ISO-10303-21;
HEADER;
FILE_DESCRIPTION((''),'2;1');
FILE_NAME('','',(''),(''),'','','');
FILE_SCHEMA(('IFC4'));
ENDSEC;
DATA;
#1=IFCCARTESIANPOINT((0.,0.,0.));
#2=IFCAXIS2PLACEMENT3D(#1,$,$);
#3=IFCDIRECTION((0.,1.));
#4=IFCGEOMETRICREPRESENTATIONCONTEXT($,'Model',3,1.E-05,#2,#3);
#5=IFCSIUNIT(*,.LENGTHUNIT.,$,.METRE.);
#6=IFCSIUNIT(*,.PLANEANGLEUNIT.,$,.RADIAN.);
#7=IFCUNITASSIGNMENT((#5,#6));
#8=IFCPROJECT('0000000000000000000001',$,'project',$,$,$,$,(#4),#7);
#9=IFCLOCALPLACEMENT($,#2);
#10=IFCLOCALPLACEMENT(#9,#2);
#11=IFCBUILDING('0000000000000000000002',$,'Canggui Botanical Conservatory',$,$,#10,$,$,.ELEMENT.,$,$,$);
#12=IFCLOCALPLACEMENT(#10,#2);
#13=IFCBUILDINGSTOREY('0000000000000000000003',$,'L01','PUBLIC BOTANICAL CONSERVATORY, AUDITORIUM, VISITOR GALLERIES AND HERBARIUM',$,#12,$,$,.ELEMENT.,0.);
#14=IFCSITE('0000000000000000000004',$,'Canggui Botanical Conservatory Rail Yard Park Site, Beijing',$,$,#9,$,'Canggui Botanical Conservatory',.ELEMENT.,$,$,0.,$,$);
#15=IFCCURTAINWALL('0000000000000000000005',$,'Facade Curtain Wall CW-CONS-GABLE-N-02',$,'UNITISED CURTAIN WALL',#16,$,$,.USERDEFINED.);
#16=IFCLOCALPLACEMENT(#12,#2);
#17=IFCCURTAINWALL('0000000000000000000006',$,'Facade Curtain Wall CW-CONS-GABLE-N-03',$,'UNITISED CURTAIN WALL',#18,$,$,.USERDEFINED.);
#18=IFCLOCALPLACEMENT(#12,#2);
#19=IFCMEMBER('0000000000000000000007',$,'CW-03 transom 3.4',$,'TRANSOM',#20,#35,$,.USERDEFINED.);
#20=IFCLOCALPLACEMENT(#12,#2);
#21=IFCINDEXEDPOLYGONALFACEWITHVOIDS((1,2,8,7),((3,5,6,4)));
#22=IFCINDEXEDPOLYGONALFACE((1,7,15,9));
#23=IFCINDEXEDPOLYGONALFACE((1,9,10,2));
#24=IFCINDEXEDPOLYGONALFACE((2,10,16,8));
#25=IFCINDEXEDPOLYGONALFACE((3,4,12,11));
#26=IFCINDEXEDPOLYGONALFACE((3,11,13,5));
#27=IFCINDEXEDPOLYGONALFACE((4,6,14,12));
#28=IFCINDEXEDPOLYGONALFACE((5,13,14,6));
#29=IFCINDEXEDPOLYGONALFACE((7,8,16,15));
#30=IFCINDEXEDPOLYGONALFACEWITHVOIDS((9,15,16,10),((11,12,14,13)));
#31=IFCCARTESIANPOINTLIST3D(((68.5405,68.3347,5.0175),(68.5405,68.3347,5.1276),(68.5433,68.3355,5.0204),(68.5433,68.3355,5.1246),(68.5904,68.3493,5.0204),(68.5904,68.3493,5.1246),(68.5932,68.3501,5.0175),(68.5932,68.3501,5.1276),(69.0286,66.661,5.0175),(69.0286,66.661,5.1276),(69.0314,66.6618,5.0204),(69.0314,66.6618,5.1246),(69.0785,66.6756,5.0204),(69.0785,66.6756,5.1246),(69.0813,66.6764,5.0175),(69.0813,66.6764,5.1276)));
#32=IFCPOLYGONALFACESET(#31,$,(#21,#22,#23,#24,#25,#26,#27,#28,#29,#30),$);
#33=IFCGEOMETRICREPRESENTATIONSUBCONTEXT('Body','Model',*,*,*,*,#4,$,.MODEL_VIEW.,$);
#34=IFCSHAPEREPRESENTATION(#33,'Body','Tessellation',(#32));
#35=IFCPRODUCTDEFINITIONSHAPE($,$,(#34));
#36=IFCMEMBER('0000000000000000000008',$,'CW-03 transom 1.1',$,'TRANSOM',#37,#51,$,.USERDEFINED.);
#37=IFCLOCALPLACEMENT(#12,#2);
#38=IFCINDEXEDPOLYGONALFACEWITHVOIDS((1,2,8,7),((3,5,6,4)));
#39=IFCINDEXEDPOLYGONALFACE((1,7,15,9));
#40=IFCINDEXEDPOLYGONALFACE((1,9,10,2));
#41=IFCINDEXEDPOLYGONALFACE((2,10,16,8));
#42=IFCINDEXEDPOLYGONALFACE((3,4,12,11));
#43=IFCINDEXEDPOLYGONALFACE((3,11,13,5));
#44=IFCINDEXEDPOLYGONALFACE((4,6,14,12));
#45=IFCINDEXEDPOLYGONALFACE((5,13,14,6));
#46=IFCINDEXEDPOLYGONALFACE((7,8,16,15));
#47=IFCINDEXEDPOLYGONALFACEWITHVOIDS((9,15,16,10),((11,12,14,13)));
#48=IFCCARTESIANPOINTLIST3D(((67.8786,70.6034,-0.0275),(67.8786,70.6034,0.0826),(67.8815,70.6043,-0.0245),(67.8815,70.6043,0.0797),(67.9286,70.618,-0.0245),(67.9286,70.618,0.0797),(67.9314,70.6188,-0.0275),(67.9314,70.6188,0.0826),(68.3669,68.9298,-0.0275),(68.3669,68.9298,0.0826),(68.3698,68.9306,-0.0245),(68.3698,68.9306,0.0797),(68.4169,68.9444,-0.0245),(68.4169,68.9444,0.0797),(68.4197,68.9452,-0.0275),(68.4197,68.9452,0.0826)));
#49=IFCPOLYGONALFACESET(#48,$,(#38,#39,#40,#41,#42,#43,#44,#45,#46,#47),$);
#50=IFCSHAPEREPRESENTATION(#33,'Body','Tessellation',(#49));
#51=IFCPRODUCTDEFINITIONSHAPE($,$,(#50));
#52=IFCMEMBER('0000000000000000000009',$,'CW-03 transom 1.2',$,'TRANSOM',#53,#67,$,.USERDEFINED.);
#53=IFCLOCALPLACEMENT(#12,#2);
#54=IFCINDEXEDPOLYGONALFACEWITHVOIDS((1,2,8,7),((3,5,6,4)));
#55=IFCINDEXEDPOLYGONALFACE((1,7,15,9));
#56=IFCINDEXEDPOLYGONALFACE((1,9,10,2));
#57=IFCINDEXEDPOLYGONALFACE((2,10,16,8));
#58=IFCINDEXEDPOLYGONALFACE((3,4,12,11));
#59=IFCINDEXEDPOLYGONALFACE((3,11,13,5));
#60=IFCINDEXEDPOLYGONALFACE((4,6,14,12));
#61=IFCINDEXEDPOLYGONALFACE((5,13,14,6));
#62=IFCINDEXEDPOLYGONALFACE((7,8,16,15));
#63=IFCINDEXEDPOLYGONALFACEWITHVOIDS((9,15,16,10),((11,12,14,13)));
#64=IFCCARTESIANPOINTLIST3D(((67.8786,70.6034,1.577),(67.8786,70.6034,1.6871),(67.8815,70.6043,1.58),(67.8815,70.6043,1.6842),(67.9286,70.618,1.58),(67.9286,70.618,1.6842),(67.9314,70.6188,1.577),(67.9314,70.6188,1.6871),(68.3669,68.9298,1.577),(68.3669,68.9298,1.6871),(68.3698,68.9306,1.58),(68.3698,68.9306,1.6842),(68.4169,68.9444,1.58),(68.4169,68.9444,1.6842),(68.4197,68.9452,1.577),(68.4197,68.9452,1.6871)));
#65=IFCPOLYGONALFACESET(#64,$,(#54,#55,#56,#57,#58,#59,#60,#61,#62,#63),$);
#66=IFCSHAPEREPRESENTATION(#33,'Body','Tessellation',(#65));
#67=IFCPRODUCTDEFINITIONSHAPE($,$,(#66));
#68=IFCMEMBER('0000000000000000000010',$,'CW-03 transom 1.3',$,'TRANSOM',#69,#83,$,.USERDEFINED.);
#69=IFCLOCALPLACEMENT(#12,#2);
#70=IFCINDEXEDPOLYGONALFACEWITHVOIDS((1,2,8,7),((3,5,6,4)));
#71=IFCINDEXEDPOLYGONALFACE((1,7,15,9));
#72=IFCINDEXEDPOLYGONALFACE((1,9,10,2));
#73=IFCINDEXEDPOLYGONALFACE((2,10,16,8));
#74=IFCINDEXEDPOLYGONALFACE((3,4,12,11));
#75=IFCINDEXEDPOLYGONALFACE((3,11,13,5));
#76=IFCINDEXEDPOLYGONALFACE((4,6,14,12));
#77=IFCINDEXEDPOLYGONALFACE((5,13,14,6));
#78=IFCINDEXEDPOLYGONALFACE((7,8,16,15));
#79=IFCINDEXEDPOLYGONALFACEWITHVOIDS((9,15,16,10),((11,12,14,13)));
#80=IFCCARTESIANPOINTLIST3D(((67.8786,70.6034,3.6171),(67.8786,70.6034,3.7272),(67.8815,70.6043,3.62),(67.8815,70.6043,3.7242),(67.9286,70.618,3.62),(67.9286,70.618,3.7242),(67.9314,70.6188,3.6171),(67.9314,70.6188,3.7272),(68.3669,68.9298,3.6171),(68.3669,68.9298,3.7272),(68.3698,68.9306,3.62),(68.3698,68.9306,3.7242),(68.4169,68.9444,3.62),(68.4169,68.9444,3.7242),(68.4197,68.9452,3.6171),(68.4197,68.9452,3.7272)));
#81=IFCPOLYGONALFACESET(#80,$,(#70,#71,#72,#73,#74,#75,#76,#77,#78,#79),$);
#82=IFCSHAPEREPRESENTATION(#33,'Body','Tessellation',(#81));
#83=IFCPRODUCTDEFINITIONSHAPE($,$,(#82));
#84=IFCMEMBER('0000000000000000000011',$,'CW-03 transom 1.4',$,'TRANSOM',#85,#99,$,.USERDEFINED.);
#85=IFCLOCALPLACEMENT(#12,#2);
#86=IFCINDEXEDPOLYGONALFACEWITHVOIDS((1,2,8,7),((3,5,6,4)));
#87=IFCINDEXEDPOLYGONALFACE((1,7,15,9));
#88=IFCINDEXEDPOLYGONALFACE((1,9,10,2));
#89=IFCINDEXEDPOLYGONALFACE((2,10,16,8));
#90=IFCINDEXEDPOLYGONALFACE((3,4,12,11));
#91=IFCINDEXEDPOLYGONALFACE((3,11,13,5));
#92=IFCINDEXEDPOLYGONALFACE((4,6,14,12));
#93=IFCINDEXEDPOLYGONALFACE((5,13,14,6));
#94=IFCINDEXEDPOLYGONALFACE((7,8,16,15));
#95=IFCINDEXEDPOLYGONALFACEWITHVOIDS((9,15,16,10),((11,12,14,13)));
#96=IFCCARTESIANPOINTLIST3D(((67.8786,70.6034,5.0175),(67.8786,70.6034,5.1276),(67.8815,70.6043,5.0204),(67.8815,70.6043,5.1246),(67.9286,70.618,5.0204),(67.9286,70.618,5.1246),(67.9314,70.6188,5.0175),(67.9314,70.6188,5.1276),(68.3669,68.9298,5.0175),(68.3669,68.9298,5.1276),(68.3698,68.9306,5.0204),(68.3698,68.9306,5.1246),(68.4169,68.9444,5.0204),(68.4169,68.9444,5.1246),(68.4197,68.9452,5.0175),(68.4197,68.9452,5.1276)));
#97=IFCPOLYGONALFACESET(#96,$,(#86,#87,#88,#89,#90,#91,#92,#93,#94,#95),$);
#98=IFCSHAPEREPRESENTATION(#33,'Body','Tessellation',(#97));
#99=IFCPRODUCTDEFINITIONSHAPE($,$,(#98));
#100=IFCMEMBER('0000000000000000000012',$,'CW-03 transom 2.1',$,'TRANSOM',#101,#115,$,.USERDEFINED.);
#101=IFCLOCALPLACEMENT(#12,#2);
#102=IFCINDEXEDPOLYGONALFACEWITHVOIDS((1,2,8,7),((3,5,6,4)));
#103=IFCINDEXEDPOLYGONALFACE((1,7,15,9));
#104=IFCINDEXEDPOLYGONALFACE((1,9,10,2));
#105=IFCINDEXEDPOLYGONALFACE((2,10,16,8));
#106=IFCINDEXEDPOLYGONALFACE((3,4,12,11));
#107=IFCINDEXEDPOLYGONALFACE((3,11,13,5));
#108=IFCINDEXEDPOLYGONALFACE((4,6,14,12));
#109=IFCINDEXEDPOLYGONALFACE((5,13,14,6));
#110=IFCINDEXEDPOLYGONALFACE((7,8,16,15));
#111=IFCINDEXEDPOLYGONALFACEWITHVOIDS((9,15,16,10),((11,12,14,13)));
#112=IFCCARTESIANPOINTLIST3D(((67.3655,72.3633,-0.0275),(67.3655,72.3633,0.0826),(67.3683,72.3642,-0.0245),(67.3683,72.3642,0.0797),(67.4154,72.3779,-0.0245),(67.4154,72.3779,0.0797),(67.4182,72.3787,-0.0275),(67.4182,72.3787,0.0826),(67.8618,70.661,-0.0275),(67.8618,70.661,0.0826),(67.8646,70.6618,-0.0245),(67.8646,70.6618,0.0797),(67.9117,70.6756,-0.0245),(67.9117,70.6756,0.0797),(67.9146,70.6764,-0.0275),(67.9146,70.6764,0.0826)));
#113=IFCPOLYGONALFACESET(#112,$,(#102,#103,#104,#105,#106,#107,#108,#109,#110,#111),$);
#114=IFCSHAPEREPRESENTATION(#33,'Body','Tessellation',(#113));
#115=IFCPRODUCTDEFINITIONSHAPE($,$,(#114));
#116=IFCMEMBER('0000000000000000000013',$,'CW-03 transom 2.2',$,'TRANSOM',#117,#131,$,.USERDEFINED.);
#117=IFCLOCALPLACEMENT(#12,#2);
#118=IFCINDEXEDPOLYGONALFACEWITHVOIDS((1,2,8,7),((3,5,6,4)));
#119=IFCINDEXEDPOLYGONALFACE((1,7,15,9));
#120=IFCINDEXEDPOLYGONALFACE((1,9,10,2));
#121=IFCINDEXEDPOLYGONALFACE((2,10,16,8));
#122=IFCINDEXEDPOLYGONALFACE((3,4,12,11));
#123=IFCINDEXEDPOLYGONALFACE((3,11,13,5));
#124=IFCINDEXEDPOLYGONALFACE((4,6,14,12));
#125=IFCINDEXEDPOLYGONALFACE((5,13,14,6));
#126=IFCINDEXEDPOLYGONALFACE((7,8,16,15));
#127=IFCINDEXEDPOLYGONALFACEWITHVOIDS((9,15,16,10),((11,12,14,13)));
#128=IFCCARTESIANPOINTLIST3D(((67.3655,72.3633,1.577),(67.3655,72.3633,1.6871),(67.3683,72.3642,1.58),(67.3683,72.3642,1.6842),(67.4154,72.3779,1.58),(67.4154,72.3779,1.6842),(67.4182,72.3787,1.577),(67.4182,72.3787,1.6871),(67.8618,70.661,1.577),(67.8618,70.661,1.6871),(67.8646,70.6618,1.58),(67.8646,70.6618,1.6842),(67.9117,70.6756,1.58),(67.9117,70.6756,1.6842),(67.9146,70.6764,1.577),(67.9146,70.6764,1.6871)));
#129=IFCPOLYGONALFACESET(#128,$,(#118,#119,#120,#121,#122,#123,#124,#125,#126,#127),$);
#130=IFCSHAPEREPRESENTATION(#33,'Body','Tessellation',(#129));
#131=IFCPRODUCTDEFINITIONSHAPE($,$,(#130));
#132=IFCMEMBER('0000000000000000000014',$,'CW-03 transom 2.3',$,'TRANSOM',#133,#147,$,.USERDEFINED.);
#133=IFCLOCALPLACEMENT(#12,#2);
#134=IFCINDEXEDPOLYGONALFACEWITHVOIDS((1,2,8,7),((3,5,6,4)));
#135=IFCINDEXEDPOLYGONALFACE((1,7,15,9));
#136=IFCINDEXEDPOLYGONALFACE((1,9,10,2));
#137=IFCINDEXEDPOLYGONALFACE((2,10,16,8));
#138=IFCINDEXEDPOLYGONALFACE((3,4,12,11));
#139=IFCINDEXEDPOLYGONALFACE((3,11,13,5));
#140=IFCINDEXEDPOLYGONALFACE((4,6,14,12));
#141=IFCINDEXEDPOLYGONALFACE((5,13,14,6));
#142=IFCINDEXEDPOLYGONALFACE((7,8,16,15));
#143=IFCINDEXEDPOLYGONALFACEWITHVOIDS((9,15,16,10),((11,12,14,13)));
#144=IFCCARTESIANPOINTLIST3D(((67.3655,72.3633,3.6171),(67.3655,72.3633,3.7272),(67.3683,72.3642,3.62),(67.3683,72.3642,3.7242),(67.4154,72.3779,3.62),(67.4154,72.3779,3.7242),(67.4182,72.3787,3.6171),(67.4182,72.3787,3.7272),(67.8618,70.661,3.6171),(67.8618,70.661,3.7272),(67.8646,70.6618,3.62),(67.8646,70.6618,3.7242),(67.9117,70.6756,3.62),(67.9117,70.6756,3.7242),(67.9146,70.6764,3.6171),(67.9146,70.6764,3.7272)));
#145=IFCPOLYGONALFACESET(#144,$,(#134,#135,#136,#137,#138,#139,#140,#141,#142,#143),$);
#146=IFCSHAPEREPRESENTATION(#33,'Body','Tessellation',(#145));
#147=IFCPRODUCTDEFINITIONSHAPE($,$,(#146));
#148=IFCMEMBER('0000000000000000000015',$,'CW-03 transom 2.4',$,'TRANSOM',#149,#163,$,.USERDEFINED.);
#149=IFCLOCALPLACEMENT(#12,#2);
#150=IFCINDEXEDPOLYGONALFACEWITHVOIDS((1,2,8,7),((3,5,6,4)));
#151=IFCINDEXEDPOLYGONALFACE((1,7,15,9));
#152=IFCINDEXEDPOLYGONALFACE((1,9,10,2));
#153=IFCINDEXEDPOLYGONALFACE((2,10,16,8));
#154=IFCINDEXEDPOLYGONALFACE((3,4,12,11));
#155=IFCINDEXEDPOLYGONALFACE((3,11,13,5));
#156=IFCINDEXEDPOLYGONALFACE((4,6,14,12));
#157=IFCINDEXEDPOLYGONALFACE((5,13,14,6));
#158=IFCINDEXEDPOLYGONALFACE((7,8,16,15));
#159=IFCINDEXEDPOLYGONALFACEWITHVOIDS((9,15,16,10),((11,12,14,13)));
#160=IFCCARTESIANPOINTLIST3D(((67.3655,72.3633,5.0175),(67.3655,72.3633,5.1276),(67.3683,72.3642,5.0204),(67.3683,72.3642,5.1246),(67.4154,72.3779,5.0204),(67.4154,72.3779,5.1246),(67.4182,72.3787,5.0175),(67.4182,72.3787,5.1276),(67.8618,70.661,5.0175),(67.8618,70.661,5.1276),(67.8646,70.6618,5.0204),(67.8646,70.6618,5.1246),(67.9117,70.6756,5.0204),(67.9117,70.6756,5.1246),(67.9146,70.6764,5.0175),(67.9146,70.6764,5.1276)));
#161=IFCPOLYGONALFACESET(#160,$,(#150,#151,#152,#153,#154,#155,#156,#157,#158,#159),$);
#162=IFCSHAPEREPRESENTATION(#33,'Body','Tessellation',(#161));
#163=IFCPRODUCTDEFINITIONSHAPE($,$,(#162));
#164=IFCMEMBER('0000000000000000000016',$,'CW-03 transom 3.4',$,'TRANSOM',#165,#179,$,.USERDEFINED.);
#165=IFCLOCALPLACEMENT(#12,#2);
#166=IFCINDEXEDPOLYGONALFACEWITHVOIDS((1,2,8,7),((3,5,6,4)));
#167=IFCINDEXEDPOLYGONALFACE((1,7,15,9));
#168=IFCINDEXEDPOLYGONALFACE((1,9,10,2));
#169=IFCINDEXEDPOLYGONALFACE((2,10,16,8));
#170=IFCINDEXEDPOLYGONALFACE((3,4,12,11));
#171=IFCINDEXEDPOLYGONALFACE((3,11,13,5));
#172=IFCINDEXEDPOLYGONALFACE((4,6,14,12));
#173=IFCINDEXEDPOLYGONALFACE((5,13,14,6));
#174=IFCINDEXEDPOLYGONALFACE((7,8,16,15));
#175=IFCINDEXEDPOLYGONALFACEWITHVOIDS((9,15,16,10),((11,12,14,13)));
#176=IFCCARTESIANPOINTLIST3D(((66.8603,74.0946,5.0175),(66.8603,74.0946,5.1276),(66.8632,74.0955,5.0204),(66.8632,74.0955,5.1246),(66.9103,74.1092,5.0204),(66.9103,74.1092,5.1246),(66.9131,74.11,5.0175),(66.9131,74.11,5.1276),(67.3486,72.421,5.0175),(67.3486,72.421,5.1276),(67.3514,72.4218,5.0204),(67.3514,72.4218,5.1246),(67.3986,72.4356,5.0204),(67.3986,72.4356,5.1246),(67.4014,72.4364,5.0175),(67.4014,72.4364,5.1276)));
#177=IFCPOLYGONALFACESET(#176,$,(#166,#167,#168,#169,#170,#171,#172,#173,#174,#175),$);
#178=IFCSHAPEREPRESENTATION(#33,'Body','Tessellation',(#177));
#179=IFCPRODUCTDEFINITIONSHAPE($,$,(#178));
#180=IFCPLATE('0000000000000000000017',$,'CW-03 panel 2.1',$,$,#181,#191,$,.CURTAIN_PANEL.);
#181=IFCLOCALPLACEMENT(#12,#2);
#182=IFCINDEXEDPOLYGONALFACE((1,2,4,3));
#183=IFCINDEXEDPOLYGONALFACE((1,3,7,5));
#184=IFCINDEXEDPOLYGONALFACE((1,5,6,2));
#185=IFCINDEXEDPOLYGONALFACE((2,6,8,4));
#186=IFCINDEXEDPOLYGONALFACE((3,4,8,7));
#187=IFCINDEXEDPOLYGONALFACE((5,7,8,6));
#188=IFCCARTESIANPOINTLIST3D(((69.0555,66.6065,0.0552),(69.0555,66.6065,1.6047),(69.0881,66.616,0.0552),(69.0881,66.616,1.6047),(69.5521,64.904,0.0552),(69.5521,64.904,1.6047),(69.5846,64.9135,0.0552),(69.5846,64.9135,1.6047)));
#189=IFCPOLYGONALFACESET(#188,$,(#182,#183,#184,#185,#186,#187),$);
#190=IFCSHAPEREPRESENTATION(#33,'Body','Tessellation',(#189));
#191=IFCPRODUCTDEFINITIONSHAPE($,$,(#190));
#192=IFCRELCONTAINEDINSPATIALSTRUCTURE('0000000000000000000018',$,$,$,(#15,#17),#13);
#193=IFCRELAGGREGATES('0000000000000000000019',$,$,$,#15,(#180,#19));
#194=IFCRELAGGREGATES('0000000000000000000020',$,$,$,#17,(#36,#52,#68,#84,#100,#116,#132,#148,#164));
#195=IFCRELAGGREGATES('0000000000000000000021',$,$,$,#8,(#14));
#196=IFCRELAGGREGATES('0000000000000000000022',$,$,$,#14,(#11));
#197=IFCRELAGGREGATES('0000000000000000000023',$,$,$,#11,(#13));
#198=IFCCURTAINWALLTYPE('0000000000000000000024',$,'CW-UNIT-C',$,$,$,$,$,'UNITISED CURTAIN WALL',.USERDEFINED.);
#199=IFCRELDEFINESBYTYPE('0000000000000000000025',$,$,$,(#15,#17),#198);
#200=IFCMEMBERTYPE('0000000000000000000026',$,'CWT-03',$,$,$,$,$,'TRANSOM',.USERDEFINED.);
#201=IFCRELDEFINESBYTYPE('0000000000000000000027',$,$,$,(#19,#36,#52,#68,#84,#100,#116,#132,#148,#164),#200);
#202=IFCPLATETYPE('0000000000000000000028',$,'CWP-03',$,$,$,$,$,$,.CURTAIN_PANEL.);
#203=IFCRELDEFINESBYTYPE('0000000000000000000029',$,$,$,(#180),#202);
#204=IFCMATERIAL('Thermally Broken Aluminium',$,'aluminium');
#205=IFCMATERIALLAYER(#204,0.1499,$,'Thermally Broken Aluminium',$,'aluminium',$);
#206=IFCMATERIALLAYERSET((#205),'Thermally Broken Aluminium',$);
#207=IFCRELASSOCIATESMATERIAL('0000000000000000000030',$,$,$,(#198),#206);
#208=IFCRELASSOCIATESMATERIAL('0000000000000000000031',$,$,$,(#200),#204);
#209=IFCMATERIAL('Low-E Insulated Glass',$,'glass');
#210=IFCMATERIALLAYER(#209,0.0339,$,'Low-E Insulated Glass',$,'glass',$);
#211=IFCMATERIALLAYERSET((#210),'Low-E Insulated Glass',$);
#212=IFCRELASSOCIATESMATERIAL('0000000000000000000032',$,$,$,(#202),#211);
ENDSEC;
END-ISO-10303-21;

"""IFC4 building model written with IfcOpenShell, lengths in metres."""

from ifc_helpers import new_model, si_unit, direction, frame, origin, origin_2d, place, context, subcontext, project, spatial, rectangle, hollow_rectangle, extrude, material, layer, layer_set, material_profile, profile_set, type_object, element, aggregate, save


model = new_model("IFC4")

# Units and contexts
model_context = context("Model", 3, precision=1e-05, world=origin(), true_north=direction((0.0, 1.0)))
body_context = subcontext(model_context, "Body", "Model", "MODEL_VIEW")
ifc_project = project(units=[si_unit("LENGTHUNIT", "METRE"), si_unit("PLANEANGLEUNIT", "RADIAN")], contexts=[model_context])

# Site, building, storey
site_placement = place(None, origin())
site = spatial("IfcSite", under=ifc_project, at=site_placement, Name="Canggui Botanical Conservatory Rail Yard Park Site, Beijing", LongName="Canggui Botanical Conservatory", CompositionType="ELEMENT", RefElevation=0.0)
building_placement = place(site_placement, origin())
building = spatial("IfcBuilding", under=site, at=building_placement, Name="Canggui Botanical Conservatory", CompositionType="ELEMENT")
storey_placement = place(building_placement, origin())
storey = spatial("IfcBuildingStorey", under=building, at=storey_placement, Name="L01", Description="PUBLIC BOTANICAL CONSERVATORY, AUDITORIUM, VISITOR GALLERIES AND HERBARIUM", CompositionType="ELEMENT", Elevation=0.0)

# Curtain walls
ifc_material_1 = material(Name="Thermally Broken Aluminium", Category="aluminium")
ifc_layer_1 = layer(ifc_material_1, 0.1499, Name="Thermally Broken Aluminium", Category="aluminium")
ifc_layer_set_1 = layer_set([ifc_layer_1], Name="Thermally Broken Aluminium")
curtain_wall_type = type_object("IfcCurtainWallType", Name="CW-UNIT-C", ElementType="UNITISED CURTAIN WALL", PredefinedType="USERDEFINED", material=ifc_layer_set_1)
curtain_wall_1_placement = place(storey_placement, origin())
curtain_wall_1 = element("IfcCurtainWall", 1, at=curtain_wall_1_placement, inside=storey, type_object=curtain_wall_type, Name="Facade Curtain Wall CW-CONS-GABLE-N-02", ObjectType="UNITISED CURTAIN WALL", PredefinedType="USERDEFINED")
curtain_wall_2_placement = place(storey_placement, origin())
curtain_wall_2 = element("IfcCurtainWall", 2, at=curtain_wall_2_placement, inside=storey, type_object=curtain_wall_type, Name="Facade Curtain Wall CW-CONS-GABLE-N-03", ObjectType="UNITISED CURTAIN WALL", PredefinedType="USERDEFINED")

# Members
ifc_material_profile_1 = material_profile(ifc_material_1, hollow_rectangle(XDim=0.0549, YDim=0.1101, WallThickness=0.0029, at=origin_2d()), Name="CWT 55x110x3")
ifc_profile_set_1 = profile_set([ifc_material_profile_1], Name="Thermally Broken Aluminium")
member_type_1 = type_object("IfcMemberType", Name="CWT-03", ElementType="TRANSOM", PredefinedType="USERDEFINED", material=ifc_profile_set_1)
member_1_placement = place(storey_placement, frame((69.0549, 66.6687, 5.0725), z_axis=(-0.279952, 0.960014, 0.0), x_axis=(-0.960014, -0.279952, 0.0)))
member_1 = element("IfcMember", 3, at=member_1_placement, type_object=member_type_1, Name="CW-03 transom 3.4", ObjectType="TRANSOM", PredefinedType="USERDEFINED", context=body_context, shape_type="SweptSolid", body=[
    extrude(hollow_rectangle(XDim=0.0549, YDim=0.1101, WallThickness=0.0029, at=origin_2d()), origin(), (0.0, 0.0, 1.0), 1.7434),
])
member_2_placement = place(storey_placement, frame((68.3933, 68.9375, 0.0276), z_axis=(-0.280081, 0.959976, 0.0), x_axis=(-0.959976, -0.280081, 0.0)))
member_2 = element("IfcMember", 4, at=member_2_placement, type_object=member_type_1, Name="CW-03 transom 1.1", ObjectType="TRANSOM", PredefinedType="USERDEFINED", context=body_context, shape_type="SweptSolid", body=[
    extrude(hollow_rectangle(XDim=0.0549, YDim=0.1101, WallThickness=0.0029, at=origin_2d()), origin(), (0.0, 0.0, 1.0), 1.7434),
])
member_3_placement = place(storey_placement, frame((68.3933, 68.9375, 1.6321), z_axis=(-0.280081, 0.959976, 0.0), x_axis=(-0.959976, -0.280081, 0.0)))
member_3 = element("IfcMember", 5, at=member_3_placement, type_object=member_type_1, Name="CW-03 transom 1.2", ObjectType="TRANSOM", PredefinedType="USERDEFINED", context=body_context, shape_type="SweptSolid", body=[
    extrude(hollow_rectangle(XDim=0.0549, YDim=0.1101, WallThickness=0.0029, at=origin_2d()), origin(), (0.0, 0.0, 1.0), 1.7434),
])
member_4_placement = place(storey_placement, frame((68.3933, 68.9375, 3.6721), z_axis=(-0.280081, 0.959976, 0.0), x_axis=(-0.959976, -0.280081, 0.0)))
member_4 = element("IfcMember", 6, at=member_4_placement, type_object=member_type_1, Name="CW-03 transom 1.3", ObjectType="TRANSOM", PredefinedType="USERDEFINED", context=body_context, shape_type="SweptSolid", body=[
    extrude(hollow_rectangle(XDim=0.0549, YDim=0.1101, WallThickness=0.0029, at=origin_2d()), origin(), (0.0, 0.0, 1.0), 1.7434),
])
member_5_placement = place(storey_placement, frame((68.3933, 68.9375, 5.0725), z_axis=(-0.280081, 0.959976, 0.0), x_axis=(-0.959976, -0.280081, 0.0)))
member_5 = element("IfcMember", 7, at=member_5_placement, type_object=member_type_1, Name="CW-03 transom 1.4", ObjectType="TRANSOM", PredefinedType="USERDEFINED", context=body_context, shape_type="SweptSolid", body=[
    extrude(hollow_rectangle(XDim=0.0549, YDim=0.1101, WallThickness=0.0029, at=origin_2d()), origin(), (0.0, 0.0, 1.0), 1.7434),
])
member_6_placement = place(storey_placement, frame((67.8882, 70.6687, 0.0276), z_axis=(-0.2799, 0.960029, 0.0), x_axis=(-0.960029, -0.2799, 0.0)))
member_6 = element("IfcMember", 8, at=member_6_placement, type_object=member_type_1, Name="CW-03 transom 2.1", ObjectType="TRANSOM", PredefinedType="USERDEFINED", context=body_context, shape_type="SweptSolid", body=[
    extrude(hollow_rectangle(XDim=0.0549, YDim=0.1101, WallThickness=0.0029, at=origin_2d()), origin(), (0.0, 0.0, 1.0), 1.7732),
])
member_7_placement = place(storey_placement, frame((67.8882, 70.6687, 1.6321), z_axis=(-0.2799, 0.960029, 0.0), x_axis=(-0.960029, -0.2799, 0.0)))
member_7 = element("IfcMember", 9, at=member_7_placement, type_object=member_type_1, Name="CW-03 transom 2.2", ObjectType="TRANSOM", PredefinedType="USERDEFINED", context=body_context, shape_type="SweptSolid", body=[
    extrude(hollow_rectangle(XDim=0.0549, YDim=0.1101, WallThickness=0.0029, at=origin_2d()), origin(), (0.0, 0.0, 1.0), 1.7732),
])
member_8_placement = place(storey_placement, frame((67.8882, 70.6687, 3.6721), z_axis=(-0.2799, 0.960029, 0.0), x_axis=(-0.960029, -0.2799, 0.0)))
member_8 = element("IfcMember", 10, at=member_8_placement, type_object=member_type_1, Name="CW-03 transom 2.3", ObjectType="TRANSOM", PredefinedType="USERDEFINED", context=body_context, shape_type="SweptSolid", body=[
    extrude(hollow_rectangle(XDim=0.0549, YDim=0.1101, WallThickness=0.0029, at=origin_2d()), origin(), (0.0, 0.0, 1.0), 1.7732),
])
member_9_placement = place(storey_placement, frame((67.8882, 70.6687, 5.0725), z_axis=(-0.2799, 0.960029, 0.0), x_axis=(-0.960029, -0.2799, 0.0)))
member_9 = element("IfcMember", 11, at=member_9_placement, type_object=member_type_1, Name="CW-03 transom 2.4", ObjectType="TRANSOM", PredefinedType="USERDEFINED", context=body_context, shape_type="SweptSolid", body=[
    extrude(hollow_rectangle(XDim=0.0549, YDim=0.1101, WallThickness=0.0029, at=origin_2d()), origin(), (0.0, 0.0, 1.0), 1.7732),
])
member_10_placement = place(storey_placement, frame((67.375, 72.4287, 5.0725), z_axis=(-0.280081, 0.959976, 0.0), x_axis=(-0.959976, -0.280081, 0.0)))
member_10 = element("IfcMember", 12, at=member_10_placement, type_object=member_type_1, Name="CW-03 transom 3.4", ObjectType="TRANSOM", PredefinedType="USERDEFINED", context=body_context, shape_type="SweptSolid", body=[
    extrude(hollow_rectangle(XDim=0.0549, YDim=0.1101, WallThickness=0.0029, at=origin_2d()), origin(), (0.0, 0.0, 1.0), 1.7434),
])

# Plate
ifc_material_2 = material(Name="Low-E Insulated Glass", Category="glass")
ifc_layer_2 = layer(ifc_material_2, 0.0339, Name="Low-E Insulated Glass", Category="glass")
ifc_layer_set_2 = layer_set([ifc_layer_2], Name="Low-E Insulated Glass")
plate_type = type_object("IfcPlateType", Name="CWP-03", PredefinedType="CURTAIN_PANEL", material=ifc_layer_set_2)
plate_1_placement = place(storey_placement, frame((69.3201, 65.76, 0.0552), z_axis=(0.0, 0.0, 1.0), x_axis=(-0.28, 0.96, 0.0)))
plate_1 = element("IfcPlate", 13, at=plate_1_placement, type_object=plate_type, Name="CW-03 panel 2.1", PredefinedType="CURTAIN_PANEL", context=body_context, shape_type="SweptSolid", body=[
    extrude(rectangle(XDim=1.7734, YDim=0.0339, at=origin_2d()), origin(), (0.0, 0.0, 1.0), 1.5496),
])
aggregate(curtain_wall_1, [plate_1, member_1])
aggregate(curtain_wall_2, [member_2, member_3, member_4, member_5, member_6, member_7, member_8, member_9, member_10])

save(model, "model.ifc")
